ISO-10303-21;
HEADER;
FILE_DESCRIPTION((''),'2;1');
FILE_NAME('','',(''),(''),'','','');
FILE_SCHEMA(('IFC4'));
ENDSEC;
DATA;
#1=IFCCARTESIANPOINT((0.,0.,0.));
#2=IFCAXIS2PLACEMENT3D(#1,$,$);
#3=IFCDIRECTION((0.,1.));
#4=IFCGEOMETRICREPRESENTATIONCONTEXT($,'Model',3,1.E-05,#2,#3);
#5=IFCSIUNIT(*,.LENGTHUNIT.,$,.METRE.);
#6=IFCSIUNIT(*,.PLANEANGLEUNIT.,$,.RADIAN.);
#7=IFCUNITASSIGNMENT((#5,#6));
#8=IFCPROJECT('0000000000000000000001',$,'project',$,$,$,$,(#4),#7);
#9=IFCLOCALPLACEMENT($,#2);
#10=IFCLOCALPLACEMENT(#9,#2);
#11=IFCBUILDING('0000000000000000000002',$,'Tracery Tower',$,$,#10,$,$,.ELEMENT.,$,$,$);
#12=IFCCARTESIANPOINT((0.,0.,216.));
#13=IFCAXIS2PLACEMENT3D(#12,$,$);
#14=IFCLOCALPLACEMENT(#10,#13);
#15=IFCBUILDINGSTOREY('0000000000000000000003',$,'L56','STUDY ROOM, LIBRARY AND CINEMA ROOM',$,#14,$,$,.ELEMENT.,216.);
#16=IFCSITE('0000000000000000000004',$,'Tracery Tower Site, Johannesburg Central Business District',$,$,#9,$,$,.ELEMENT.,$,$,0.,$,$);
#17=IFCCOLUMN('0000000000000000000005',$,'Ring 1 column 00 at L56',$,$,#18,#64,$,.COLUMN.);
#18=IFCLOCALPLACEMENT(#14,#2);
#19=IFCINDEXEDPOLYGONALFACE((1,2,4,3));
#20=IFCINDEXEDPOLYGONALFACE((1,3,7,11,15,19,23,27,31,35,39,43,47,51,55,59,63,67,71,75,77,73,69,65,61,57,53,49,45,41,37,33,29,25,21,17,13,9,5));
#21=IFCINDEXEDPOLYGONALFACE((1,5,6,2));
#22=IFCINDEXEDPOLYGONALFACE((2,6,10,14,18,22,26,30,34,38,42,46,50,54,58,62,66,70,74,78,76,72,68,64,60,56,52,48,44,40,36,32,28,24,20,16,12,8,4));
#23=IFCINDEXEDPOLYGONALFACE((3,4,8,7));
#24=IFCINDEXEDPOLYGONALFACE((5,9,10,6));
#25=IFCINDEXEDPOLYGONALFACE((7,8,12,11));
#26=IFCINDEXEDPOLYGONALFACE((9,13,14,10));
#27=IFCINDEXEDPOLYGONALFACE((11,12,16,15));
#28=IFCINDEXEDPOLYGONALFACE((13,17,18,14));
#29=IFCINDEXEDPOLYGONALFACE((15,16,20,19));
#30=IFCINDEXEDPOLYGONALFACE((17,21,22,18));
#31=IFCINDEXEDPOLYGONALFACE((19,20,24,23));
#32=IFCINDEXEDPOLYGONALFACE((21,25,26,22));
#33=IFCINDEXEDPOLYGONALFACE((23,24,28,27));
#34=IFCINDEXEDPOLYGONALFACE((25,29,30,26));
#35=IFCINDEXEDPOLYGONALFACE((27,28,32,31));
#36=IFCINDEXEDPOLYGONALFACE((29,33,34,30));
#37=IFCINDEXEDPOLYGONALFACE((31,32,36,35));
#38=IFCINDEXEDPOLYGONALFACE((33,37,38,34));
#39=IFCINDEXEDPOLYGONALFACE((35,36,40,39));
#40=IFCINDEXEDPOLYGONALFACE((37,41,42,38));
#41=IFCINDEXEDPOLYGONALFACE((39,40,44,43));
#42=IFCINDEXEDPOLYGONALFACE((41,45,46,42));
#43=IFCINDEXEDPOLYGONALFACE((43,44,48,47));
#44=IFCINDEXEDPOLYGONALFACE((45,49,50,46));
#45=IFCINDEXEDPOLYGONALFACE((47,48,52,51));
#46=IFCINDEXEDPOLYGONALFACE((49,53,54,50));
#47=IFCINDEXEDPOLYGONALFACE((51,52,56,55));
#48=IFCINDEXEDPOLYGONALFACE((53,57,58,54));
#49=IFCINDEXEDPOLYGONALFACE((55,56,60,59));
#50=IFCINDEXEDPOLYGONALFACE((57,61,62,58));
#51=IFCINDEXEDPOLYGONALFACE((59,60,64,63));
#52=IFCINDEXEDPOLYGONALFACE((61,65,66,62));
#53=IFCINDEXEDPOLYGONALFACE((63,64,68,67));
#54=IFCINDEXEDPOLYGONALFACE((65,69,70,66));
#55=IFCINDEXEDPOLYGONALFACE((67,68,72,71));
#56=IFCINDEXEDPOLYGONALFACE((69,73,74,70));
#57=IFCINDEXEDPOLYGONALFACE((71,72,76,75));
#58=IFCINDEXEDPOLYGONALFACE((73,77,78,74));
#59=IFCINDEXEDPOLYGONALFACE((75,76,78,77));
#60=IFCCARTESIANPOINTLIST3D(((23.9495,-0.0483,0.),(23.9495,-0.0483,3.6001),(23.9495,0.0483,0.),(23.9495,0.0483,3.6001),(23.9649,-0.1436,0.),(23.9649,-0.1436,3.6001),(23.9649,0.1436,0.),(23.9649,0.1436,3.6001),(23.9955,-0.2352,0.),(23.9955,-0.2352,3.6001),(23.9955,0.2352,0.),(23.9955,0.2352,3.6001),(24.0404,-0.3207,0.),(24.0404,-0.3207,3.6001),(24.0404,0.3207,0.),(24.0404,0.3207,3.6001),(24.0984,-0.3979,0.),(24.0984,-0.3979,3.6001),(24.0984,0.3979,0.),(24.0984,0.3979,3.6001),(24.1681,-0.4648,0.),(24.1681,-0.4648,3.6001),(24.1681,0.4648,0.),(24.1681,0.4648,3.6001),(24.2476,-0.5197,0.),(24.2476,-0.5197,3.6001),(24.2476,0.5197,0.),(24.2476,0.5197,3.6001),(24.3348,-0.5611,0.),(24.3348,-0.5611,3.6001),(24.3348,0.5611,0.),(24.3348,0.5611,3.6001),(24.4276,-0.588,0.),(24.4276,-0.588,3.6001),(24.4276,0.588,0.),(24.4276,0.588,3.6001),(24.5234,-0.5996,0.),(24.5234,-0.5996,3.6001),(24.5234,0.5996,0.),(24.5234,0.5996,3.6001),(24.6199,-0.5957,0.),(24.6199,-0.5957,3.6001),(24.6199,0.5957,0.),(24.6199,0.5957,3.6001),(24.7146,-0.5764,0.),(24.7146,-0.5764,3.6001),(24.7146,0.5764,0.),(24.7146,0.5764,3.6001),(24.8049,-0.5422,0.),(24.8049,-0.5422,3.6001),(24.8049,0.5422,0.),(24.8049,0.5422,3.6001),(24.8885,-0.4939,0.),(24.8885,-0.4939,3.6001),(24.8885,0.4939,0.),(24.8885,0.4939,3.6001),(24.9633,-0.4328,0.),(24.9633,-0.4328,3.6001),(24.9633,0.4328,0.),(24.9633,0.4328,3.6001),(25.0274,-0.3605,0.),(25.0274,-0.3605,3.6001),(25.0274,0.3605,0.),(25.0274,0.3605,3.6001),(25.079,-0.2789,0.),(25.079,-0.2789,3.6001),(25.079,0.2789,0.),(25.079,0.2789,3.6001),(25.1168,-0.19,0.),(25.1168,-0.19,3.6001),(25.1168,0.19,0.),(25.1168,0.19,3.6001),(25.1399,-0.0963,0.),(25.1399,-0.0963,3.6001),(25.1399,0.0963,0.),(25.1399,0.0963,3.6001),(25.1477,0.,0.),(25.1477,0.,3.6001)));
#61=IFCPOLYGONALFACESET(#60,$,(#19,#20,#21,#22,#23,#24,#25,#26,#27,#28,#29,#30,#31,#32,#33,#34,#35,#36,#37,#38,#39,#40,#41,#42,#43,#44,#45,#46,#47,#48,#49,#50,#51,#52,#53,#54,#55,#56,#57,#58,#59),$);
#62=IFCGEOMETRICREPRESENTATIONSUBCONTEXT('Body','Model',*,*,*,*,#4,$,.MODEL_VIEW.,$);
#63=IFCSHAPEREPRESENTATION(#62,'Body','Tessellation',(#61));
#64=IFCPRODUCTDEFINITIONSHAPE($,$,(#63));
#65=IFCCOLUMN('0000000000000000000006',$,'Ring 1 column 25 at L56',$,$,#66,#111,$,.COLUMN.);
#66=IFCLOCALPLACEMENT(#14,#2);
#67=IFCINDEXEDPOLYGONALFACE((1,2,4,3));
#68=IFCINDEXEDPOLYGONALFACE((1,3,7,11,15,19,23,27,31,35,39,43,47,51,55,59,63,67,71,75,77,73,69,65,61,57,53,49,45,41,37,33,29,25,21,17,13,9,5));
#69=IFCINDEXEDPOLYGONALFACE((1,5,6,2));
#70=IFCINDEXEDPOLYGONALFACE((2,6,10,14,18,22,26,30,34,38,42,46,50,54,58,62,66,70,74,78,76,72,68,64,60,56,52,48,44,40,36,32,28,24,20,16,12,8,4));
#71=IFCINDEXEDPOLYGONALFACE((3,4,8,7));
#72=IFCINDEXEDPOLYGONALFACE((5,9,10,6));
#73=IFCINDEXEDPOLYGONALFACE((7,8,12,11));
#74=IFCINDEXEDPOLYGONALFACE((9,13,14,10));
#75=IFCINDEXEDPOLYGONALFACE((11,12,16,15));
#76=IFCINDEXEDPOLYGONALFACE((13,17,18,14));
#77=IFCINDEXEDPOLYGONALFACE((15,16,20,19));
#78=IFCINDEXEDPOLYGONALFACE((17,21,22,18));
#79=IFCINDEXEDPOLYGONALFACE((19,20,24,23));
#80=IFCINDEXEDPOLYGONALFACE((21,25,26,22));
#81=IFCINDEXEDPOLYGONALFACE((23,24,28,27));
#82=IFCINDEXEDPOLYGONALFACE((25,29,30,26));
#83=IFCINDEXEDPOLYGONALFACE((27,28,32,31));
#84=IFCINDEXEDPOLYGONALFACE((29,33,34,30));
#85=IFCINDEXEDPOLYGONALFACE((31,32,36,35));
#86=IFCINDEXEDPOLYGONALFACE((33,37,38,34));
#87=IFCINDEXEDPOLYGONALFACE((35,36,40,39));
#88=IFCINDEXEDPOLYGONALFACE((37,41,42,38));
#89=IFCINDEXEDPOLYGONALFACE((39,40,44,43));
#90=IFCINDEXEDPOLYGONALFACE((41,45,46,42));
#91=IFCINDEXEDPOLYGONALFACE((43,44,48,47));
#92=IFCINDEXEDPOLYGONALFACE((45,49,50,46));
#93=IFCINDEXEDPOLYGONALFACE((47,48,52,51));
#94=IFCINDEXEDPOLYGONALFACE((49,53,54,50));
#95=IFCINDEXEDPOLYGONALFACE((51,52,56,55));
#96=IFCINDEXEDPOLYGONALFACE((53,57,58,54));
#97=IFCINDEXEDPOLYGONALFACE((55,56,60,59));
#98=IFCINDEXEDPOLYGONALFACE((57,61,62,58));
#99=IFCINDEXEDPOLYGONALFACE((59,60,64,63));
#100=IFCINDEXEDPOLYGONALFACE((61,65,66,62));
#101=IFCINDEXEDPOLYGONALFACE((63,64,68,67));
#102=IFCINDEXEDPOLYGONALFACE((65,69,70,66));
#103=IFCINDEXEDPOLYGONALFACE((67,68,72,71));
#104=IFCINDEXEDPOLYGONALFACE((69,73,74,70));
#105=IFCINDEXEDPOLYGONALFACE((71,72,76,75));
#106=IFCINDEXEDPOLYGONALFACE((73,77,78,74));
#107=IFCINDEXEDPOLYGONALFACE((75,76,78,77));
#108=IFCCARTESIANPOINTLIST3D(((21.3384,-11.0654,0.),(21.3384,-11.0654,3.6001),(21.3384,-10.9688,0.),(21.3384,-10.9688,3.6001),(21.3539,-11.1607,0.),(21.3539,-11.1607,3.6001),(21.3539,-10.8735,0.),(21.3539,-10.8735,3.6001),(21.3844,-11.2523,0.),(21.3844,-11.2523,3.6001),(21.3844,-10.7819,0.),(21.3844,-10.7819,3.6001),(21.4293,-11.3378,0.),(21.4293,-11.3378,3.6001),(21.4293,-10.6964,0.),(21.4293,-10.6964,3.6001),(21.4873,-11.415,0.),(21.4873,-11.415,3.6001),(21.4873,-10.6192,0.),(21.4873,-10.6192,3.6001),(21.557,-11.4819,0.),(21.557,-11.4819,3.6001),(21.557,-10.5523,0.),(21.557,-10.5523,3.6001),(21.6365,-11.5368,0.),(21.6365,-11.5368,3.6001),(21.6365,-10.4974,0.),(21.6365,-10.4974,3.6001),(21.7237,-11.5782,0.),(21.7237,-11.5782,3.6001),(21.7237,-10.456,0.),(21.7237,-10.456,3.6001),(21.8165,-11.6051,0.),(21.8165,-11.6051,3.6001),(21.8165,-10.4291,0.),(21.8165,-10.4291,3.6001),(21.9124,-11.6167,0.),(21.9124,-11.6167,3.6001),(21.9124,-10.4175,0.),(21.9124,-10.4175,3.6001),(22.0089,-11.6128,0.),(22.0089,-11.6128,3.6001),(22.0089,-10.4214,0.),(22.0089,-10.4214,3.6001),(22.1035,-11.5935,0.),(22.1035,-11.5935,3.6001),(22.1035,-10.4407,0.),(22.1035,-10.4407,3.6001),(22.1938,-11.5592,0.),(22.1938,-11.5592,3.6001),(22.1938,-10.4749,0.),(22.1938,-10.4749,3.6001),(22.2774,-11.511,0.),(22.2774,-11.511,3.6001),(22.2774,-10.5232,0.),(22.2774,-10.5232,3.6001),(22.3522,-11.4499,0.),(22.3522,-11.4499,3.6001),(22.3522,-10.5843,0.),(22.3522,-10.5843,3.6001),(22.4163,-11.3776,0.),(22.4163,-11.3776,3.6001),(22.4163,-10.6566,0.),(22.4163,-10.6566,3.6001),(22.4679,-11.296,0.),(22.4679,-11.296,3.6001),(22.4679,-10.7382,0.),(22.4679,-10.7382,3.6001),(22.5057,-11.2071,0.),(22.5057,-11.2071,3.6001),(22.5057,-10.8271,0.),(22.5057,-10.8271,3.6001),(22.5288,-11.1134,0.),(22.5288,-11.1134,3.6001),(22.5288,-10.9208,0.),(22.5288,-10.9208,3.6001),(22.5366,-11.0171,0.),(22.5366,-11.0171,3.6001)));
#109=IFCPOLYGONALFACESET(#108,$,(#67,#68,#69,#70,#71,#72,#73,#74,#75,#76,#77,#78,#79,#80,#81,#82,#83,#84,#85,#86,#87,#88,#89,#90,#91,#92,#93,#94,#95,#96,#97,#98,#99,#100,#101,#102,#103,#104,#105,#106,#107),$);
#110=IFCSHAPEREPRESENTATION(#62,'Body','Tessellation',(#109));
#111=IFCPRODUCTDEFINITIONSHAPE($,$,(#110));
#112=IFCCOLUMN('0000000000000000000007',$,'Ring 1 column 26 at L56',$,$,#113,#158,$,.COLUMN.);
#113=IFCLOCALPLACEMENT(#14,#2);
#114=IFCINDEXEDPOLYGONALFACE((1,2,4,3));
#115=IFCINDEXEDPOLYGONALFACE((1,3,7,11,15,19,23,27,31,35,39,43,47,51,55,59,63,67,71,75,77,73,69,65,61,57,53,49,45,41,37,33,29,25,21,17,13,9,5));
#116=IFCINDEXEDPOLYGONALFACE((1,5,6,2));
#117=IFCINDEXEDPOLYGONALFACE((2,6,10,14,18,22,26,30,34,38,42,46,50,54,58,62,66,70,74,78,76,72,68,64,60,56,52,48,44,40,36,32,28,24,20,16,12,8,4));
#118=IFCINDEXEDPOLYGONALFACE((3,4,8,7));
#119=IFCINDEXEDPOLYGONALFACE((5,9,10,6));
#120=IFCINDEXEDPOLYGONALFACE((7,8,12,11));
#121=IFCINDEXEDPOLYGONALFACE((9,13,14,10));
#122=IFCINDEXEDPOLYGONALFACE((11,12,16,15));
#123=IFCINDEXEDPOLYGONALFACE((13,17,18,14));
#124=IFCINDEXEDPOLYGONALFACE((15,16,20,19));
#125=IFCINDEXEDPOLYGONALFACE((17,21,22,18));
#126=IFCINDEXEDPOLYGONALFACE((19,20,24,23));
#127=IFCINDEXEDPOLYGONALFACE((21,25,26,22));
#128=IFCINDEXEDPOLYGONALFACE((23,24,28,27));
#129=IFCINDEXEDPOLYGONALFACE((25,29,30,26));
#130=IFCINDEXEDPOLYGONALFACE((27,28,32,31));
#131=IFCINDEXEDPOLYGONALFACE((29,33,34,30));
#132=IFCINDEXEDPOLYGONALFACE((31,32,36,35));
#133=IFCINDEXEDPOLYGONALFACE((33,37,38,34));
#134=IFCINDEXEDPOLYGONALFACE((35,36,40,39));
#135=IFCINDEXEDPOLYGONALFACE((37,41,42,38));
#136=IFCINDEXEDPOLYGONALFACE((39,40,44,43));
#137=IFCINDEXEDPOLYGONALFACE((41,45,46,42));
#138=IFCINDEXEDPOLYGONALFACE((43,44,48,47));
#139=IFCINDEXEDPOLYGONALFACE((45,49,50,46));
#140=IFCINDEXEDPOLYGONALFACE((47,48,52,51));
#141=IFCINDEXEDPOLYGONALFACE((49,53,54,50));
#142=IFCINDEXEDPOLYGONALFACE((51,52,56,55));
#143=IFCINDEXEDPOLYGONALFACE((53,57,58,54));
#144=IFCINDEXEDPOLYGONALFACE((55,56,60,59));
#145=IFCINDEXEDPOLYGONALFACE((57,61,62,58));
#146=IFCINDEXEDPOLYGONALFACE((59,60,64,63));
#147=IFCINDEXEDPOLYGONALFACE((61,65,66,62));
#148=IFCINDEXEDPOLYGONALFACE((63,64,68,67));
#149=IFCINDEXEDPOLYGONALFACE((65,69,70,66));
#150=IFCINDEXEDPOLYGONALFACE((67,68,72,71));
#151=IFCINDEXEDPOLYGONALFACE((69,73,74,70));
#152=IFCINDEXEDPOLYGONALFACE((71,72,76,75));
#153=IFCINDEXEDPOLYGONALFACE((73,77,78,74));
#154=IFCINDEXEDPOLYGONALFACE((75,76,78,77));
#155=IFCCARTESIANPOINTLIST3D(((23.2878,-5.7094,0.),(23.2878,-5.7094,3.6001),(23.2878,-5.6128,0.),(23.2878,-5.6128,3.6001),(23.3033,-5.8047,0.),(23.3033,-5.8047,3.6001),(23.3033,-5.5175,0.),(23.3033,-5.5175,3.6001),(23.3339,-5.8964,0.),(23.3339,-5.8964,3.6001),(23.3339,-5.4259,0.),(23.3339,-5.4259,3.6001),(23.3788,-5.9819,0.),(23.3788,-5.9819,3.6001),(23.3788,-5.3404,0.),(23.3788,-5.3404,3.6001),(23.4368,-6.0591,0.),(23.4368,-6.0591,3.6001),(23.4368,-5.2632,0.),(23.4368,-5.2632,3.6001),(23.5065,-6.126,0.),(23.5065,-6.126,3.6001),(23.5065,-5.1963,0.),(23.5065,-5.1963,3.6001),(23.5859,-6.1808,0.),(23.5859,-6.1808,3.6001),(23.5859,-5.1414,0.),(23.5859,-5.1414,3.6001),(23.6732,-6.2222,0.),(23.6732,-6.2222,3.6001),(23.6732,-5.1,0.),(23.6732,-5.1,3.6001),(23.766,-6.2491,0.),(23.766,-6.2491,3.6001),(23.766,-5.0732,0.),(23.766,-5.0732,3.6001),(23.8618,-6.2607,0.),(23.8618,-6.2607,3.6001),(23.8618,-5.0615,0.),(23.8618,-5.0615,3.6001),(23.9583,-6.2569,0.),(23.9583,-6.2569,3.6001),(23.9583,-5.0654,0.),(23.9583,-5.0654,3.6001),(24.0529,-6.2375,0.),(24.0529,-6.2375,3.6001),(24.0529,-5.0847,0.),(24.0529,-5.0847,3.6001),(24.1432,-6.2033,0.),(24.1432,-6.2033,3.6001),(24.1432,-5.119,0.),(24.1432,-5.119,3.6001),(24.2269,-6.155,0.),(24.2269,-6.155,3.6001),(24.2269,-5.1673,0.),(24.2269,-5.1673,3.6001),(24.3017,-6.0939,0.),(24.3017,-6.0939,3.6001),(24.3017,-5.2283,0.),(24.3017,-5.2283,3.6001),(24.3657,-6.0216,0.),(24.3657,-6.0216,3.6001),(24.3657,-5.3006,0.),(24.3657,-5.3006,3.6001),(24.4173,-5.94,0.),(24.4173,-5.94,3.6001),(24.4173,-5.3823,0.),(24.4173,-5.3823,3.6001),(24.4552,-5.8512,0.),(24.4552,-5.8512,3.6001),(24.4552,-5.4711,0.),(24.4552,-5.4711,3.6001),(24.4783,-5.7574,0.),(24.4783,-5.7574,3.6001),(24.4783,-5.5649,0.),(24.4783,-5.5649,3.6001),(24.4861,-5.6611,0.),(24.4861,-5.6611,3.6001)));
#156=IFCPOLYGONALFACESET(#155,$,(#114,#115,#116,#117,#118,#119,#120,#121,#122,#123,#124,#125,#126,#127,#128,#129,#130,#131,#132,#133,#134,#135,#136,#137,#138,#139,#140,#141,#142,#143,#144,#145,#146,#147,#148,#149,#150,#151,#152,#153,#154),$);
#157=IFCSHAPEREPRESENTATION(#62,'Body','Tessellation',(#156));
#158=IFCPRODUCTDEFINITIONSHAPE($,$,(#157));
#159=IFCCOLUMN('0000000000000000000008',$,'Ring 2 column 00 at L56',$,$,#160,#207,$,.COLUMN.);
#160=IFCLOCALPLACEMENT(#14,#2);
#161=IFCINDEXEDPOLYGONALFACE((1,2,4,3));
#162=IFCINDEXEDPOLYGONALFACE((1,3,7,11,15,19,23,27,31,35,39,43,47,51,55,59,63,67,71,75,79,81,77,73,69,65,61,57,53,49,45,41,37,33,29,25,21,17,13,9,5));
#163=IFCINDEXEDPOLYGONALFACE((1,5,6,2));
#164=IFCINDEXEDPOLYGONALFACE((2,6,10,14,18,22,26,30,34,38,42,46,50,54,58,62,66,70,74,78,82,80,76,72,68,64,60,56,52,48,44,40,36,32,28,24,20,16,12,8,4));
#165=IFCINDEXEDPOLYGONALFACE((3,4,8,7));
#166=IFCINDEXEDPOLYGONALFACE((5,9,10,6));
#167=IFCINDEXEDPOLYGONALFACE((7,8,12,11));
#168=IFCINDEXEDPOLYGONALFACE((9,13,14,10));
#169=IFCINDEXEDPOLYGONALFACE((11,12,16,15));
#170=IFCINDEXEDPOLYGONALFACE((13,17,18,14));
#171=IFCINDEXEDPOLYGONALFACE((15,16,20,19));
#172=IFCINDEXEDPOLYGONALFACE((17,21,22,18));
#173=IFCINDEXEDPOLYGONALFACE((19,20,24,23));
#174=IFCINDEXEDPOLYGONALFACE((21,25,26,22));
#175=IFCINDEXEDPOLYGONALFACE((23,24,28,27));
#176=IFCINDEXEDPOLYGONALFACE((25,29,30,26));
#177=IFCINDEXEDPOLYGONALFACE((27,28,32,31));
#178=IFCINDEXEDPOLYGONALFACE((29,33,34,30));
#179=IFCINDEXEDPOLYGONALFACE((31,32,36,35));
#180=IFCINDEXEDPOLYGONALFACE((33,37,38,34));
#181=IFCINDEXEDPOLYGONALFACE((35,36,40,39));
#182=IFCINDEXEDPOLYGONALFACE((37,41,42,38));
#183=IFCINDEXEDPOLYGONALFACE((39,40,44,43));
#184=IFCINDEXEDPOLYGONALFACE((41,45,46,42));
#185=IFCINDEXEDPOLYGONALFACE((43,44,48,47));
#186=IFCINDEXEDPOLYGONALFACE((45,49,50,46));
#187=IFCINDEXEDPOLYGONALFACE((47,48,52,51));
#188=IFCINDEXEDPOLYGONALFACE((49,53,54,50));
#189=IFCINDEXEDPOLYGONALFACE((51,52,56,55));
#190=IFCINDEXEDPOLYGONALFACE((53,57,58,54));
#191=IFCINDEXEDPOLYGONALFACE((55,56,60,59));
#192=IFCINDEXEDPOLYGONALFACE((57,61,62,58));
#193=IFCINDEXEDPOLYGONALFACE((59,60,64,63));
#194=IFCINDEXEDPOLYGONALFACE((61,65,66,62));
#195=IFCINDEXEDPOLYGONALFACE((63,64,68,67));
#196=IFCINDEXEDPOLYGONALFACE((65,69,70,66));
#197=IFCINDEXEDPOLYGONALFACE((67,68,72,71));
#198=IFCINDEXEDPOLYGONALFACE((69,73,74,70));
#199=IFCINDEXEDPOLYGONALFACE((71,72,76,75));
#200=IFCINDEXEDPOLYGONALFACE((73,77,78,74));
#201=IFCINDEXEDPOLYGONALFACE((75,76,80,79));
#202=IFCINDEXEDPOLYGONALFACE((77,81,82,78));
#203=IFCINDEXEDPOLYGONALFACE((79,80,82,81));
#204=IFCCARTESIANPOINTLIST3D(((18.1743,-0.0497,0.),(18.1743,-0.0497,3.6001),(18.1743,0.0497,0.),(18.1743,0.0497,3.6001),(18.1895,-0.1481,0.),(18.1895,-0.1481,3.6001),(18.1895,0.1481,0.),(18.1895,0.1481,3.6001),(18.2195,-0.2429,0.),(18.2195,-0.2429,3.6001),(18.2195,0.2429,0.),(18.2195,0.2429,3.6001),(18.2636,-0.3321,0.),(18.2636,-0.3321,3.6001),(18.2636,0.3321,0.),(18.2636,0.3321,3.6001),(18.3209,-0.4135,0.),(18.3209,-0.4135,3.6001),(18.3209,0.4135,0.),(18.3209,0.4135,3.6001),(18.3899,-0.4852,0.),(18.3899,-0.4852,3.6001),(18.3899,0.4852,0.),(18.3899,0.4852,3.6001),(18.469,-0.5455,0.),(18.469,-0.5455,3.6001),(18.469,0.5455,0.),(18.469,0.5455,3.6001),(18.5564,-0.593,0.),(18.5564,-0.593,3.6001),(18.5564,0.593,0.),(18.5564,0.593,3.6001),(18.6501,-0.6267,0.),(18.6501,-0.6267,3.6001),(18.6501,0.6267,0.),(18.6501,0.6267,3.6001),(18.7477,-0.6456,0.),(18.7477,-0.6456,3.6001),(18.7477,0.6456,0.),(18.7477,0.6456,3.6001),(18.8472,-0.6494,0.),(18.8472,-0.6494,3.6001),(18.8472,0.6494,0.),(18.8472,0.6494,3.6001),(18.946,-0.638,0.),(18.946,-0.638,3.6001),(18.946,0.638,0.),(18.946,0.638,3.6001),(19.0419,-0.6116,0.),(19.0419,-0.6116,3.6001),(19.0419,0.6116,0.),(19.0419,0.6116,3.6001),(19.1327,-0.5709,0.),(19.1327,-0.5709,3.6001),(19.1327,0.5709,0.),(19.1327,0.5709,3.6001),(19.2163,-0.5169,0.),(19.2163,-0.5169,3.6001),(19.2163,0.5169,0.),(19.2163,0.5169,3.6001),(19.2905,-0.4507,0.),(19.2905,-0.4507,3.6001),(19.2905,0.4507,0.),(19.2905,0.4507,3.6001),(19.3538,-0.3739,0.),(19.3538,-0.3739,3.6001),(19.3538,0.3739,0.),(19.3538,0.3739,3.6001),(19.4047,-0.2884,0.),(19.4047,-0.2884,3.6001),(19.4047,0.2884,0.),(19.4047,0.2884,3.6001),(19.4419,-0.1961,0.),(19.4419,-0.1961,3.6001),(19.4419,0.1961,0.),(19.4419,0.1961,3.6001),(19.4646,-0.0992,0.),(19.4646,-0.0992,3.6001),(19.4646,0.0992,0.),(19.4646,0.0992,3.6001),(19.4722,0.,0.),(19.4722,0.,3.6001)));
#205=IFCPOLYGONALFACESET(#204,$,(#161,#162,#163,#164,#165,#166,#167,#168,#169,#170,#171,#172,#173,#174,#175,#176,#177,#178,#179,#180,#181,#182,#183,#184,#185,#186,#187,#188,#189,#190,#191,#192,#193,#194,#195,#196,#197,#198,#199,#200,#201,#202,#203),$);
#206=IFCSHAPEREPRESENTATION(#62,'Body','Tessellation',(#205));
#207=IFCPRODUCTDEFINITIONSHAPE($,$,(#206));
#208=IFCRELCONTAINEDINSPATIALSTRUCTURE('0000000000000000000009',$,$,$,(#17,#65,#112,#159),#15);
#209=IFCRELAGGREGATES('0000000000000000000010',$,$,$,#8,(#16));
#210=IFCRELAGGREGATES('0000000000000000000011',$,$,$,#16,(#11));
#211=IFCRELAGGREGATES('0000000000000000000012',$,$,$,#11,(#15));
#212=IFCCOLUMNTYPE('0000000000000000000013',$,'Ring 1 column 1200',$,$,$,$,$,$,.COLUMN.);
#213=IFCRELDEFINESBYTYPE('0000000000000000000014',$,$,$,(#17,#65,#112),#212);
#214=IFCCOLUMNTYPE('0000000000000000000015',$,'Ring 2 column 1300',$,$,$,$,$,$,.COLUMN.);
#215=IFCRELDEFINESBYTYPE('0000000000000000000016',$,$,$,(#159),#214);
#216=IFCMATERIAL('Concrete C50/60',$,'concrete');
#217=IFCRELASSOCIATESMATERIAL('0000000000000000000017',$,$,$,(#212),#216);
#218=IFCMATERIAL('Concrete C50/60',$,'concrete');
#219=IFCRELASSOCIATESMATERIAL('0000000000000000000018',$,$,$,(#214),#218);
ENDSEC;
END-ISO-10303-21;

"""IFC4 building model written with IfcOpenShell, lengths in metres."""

from ifc_helpers import new_model, si_unit, direction, frame, origin, origin_2d, place, context, subcontext, project, spatial, circle, extrude, material, material_profile, profile_set, type_object, element, save


model = new_model("IFC4")

# Units and contexts
model_context = context("Model", 3, precision=1e-05, world=origin(), true_north=direction((0.0, 1.0)))
body_context = subcontext(model_context, "Body", "Model", "MODEL_VIEW")
ifc_project = project(units=[si_unit("LENGTHUNIT", "METRE"), si_unit("PLANEANGLEUNIT", "RADIAN")], contexts=[model_context])

# Site, building, storey
site_placement = place(None, origin())
site = spatial("IfcSite", under=ifc_project, at=site_placement, Name="Tracery Tower Site, Johannesburg Central Business District", CompositionType="ELEMENT", RefElevation=0.0)
building_placement = place(site_placement, origin())
building = spatial("IfcBuilding", under=site, at=building_placement, Name="Tracery Tower", CompositionType="ELEMENT")
storey_placement = place(building_placement, frame((0.0, 0.0, 216.0)))
storey = spatial("IfcBuildingStorey", under=building, at=storey_placement, Name="L56", Description="STUDY ROOM, LIBRARY AND CINEMA ROOM", CompositionType="ELEMENT", Elevation=216.0)

# Columns
ifc_material_1 = material(Name="Concrete C50/60", Category="concrete")
ifc_material_profile_1 = material_profile(ifc_material_1, circle(Radius=0.6001, at=origin_2d()), Name="RC D1200")
ifc_profile_set_1 = profile_set([ifc_material_profile_1], Name="Concrete C50/60")
column_type_1 = type_object("IfcColumnType", Name="Ring 1 column 1200", PredefinedType="COLUMN", material=ifc_profile_set_1)
for number, where, z_axis, x_axis, name in (
    (1, (24.5476, 0.0, 0.0), (0.0, 0.0, 1.0), (1.0, 0.0, 0.0), "Ring 1 column 00 at L56"),
    (2, (21.9365, -11.0171, 0.0), (0.0, 0.0, 1.0), (1.0, 0.0, 0.0), "Ring 1 column 25 at L56"),
    (3, (23.886, -5.6611, 0.0), (0.0, 0.0, 1.0), (1.0, 0.0, 0.0), "Ring 1 column 26 at L56"),
):
    element("IfcColumn", number, at=place(storey_placement, frame(where, z_axis=z_axis, x_axis=x_axis)), inside=storey, type_object=column_type_1, Name=name, PredefinedType="COLUMN", context=body_context, shape_type="SweptSolid", body=[
        extrude(circle(Radius=0.6001, at=origin_2d()), origin(), (0.0, 0.0, 1.0), 3.6001),
    ])
ifc_material_2 = material(Name="Concrete C50/60", Category="concrete")
ifc_material_profile_2 = material_profile(ifc_material_2, circle(Radius=0.6499, at=origin_2d()), Name="RC D1300")
ifc_profile_set_2 = profile_set([ifc_material_profile_2], Name="Concrete C50/60")
column_type_2 = type_object("IfcColumnType", Name="Ring 2 column 1300", PredefinedType="COLUMN", material=ifc_profile_set_2)
for number, where, z_axis, x_axis, name in (
    (4, (18.8223, 0.0, 0.0), (0.0, 0.0, 1.0), (1.0, 0.0, 0.0), "Ring 2 column 00 at L56"),
):
    element("IfcColumn", number, at=place(storey_placement, frame(where, z_axis=z_axis, x_axis=x_axis)), inside=storey, type_object=column_type_2, Name=name, PredefinedType="COLUMN", context=body_context, shape_type="SweptSolid", body=[
        extrude(circle(Radius=0.6499, at=origin_2d()), origin(), (0.0, 0.0, 1.0), 3.6001),
    ])

save(model, "model.ifc")
